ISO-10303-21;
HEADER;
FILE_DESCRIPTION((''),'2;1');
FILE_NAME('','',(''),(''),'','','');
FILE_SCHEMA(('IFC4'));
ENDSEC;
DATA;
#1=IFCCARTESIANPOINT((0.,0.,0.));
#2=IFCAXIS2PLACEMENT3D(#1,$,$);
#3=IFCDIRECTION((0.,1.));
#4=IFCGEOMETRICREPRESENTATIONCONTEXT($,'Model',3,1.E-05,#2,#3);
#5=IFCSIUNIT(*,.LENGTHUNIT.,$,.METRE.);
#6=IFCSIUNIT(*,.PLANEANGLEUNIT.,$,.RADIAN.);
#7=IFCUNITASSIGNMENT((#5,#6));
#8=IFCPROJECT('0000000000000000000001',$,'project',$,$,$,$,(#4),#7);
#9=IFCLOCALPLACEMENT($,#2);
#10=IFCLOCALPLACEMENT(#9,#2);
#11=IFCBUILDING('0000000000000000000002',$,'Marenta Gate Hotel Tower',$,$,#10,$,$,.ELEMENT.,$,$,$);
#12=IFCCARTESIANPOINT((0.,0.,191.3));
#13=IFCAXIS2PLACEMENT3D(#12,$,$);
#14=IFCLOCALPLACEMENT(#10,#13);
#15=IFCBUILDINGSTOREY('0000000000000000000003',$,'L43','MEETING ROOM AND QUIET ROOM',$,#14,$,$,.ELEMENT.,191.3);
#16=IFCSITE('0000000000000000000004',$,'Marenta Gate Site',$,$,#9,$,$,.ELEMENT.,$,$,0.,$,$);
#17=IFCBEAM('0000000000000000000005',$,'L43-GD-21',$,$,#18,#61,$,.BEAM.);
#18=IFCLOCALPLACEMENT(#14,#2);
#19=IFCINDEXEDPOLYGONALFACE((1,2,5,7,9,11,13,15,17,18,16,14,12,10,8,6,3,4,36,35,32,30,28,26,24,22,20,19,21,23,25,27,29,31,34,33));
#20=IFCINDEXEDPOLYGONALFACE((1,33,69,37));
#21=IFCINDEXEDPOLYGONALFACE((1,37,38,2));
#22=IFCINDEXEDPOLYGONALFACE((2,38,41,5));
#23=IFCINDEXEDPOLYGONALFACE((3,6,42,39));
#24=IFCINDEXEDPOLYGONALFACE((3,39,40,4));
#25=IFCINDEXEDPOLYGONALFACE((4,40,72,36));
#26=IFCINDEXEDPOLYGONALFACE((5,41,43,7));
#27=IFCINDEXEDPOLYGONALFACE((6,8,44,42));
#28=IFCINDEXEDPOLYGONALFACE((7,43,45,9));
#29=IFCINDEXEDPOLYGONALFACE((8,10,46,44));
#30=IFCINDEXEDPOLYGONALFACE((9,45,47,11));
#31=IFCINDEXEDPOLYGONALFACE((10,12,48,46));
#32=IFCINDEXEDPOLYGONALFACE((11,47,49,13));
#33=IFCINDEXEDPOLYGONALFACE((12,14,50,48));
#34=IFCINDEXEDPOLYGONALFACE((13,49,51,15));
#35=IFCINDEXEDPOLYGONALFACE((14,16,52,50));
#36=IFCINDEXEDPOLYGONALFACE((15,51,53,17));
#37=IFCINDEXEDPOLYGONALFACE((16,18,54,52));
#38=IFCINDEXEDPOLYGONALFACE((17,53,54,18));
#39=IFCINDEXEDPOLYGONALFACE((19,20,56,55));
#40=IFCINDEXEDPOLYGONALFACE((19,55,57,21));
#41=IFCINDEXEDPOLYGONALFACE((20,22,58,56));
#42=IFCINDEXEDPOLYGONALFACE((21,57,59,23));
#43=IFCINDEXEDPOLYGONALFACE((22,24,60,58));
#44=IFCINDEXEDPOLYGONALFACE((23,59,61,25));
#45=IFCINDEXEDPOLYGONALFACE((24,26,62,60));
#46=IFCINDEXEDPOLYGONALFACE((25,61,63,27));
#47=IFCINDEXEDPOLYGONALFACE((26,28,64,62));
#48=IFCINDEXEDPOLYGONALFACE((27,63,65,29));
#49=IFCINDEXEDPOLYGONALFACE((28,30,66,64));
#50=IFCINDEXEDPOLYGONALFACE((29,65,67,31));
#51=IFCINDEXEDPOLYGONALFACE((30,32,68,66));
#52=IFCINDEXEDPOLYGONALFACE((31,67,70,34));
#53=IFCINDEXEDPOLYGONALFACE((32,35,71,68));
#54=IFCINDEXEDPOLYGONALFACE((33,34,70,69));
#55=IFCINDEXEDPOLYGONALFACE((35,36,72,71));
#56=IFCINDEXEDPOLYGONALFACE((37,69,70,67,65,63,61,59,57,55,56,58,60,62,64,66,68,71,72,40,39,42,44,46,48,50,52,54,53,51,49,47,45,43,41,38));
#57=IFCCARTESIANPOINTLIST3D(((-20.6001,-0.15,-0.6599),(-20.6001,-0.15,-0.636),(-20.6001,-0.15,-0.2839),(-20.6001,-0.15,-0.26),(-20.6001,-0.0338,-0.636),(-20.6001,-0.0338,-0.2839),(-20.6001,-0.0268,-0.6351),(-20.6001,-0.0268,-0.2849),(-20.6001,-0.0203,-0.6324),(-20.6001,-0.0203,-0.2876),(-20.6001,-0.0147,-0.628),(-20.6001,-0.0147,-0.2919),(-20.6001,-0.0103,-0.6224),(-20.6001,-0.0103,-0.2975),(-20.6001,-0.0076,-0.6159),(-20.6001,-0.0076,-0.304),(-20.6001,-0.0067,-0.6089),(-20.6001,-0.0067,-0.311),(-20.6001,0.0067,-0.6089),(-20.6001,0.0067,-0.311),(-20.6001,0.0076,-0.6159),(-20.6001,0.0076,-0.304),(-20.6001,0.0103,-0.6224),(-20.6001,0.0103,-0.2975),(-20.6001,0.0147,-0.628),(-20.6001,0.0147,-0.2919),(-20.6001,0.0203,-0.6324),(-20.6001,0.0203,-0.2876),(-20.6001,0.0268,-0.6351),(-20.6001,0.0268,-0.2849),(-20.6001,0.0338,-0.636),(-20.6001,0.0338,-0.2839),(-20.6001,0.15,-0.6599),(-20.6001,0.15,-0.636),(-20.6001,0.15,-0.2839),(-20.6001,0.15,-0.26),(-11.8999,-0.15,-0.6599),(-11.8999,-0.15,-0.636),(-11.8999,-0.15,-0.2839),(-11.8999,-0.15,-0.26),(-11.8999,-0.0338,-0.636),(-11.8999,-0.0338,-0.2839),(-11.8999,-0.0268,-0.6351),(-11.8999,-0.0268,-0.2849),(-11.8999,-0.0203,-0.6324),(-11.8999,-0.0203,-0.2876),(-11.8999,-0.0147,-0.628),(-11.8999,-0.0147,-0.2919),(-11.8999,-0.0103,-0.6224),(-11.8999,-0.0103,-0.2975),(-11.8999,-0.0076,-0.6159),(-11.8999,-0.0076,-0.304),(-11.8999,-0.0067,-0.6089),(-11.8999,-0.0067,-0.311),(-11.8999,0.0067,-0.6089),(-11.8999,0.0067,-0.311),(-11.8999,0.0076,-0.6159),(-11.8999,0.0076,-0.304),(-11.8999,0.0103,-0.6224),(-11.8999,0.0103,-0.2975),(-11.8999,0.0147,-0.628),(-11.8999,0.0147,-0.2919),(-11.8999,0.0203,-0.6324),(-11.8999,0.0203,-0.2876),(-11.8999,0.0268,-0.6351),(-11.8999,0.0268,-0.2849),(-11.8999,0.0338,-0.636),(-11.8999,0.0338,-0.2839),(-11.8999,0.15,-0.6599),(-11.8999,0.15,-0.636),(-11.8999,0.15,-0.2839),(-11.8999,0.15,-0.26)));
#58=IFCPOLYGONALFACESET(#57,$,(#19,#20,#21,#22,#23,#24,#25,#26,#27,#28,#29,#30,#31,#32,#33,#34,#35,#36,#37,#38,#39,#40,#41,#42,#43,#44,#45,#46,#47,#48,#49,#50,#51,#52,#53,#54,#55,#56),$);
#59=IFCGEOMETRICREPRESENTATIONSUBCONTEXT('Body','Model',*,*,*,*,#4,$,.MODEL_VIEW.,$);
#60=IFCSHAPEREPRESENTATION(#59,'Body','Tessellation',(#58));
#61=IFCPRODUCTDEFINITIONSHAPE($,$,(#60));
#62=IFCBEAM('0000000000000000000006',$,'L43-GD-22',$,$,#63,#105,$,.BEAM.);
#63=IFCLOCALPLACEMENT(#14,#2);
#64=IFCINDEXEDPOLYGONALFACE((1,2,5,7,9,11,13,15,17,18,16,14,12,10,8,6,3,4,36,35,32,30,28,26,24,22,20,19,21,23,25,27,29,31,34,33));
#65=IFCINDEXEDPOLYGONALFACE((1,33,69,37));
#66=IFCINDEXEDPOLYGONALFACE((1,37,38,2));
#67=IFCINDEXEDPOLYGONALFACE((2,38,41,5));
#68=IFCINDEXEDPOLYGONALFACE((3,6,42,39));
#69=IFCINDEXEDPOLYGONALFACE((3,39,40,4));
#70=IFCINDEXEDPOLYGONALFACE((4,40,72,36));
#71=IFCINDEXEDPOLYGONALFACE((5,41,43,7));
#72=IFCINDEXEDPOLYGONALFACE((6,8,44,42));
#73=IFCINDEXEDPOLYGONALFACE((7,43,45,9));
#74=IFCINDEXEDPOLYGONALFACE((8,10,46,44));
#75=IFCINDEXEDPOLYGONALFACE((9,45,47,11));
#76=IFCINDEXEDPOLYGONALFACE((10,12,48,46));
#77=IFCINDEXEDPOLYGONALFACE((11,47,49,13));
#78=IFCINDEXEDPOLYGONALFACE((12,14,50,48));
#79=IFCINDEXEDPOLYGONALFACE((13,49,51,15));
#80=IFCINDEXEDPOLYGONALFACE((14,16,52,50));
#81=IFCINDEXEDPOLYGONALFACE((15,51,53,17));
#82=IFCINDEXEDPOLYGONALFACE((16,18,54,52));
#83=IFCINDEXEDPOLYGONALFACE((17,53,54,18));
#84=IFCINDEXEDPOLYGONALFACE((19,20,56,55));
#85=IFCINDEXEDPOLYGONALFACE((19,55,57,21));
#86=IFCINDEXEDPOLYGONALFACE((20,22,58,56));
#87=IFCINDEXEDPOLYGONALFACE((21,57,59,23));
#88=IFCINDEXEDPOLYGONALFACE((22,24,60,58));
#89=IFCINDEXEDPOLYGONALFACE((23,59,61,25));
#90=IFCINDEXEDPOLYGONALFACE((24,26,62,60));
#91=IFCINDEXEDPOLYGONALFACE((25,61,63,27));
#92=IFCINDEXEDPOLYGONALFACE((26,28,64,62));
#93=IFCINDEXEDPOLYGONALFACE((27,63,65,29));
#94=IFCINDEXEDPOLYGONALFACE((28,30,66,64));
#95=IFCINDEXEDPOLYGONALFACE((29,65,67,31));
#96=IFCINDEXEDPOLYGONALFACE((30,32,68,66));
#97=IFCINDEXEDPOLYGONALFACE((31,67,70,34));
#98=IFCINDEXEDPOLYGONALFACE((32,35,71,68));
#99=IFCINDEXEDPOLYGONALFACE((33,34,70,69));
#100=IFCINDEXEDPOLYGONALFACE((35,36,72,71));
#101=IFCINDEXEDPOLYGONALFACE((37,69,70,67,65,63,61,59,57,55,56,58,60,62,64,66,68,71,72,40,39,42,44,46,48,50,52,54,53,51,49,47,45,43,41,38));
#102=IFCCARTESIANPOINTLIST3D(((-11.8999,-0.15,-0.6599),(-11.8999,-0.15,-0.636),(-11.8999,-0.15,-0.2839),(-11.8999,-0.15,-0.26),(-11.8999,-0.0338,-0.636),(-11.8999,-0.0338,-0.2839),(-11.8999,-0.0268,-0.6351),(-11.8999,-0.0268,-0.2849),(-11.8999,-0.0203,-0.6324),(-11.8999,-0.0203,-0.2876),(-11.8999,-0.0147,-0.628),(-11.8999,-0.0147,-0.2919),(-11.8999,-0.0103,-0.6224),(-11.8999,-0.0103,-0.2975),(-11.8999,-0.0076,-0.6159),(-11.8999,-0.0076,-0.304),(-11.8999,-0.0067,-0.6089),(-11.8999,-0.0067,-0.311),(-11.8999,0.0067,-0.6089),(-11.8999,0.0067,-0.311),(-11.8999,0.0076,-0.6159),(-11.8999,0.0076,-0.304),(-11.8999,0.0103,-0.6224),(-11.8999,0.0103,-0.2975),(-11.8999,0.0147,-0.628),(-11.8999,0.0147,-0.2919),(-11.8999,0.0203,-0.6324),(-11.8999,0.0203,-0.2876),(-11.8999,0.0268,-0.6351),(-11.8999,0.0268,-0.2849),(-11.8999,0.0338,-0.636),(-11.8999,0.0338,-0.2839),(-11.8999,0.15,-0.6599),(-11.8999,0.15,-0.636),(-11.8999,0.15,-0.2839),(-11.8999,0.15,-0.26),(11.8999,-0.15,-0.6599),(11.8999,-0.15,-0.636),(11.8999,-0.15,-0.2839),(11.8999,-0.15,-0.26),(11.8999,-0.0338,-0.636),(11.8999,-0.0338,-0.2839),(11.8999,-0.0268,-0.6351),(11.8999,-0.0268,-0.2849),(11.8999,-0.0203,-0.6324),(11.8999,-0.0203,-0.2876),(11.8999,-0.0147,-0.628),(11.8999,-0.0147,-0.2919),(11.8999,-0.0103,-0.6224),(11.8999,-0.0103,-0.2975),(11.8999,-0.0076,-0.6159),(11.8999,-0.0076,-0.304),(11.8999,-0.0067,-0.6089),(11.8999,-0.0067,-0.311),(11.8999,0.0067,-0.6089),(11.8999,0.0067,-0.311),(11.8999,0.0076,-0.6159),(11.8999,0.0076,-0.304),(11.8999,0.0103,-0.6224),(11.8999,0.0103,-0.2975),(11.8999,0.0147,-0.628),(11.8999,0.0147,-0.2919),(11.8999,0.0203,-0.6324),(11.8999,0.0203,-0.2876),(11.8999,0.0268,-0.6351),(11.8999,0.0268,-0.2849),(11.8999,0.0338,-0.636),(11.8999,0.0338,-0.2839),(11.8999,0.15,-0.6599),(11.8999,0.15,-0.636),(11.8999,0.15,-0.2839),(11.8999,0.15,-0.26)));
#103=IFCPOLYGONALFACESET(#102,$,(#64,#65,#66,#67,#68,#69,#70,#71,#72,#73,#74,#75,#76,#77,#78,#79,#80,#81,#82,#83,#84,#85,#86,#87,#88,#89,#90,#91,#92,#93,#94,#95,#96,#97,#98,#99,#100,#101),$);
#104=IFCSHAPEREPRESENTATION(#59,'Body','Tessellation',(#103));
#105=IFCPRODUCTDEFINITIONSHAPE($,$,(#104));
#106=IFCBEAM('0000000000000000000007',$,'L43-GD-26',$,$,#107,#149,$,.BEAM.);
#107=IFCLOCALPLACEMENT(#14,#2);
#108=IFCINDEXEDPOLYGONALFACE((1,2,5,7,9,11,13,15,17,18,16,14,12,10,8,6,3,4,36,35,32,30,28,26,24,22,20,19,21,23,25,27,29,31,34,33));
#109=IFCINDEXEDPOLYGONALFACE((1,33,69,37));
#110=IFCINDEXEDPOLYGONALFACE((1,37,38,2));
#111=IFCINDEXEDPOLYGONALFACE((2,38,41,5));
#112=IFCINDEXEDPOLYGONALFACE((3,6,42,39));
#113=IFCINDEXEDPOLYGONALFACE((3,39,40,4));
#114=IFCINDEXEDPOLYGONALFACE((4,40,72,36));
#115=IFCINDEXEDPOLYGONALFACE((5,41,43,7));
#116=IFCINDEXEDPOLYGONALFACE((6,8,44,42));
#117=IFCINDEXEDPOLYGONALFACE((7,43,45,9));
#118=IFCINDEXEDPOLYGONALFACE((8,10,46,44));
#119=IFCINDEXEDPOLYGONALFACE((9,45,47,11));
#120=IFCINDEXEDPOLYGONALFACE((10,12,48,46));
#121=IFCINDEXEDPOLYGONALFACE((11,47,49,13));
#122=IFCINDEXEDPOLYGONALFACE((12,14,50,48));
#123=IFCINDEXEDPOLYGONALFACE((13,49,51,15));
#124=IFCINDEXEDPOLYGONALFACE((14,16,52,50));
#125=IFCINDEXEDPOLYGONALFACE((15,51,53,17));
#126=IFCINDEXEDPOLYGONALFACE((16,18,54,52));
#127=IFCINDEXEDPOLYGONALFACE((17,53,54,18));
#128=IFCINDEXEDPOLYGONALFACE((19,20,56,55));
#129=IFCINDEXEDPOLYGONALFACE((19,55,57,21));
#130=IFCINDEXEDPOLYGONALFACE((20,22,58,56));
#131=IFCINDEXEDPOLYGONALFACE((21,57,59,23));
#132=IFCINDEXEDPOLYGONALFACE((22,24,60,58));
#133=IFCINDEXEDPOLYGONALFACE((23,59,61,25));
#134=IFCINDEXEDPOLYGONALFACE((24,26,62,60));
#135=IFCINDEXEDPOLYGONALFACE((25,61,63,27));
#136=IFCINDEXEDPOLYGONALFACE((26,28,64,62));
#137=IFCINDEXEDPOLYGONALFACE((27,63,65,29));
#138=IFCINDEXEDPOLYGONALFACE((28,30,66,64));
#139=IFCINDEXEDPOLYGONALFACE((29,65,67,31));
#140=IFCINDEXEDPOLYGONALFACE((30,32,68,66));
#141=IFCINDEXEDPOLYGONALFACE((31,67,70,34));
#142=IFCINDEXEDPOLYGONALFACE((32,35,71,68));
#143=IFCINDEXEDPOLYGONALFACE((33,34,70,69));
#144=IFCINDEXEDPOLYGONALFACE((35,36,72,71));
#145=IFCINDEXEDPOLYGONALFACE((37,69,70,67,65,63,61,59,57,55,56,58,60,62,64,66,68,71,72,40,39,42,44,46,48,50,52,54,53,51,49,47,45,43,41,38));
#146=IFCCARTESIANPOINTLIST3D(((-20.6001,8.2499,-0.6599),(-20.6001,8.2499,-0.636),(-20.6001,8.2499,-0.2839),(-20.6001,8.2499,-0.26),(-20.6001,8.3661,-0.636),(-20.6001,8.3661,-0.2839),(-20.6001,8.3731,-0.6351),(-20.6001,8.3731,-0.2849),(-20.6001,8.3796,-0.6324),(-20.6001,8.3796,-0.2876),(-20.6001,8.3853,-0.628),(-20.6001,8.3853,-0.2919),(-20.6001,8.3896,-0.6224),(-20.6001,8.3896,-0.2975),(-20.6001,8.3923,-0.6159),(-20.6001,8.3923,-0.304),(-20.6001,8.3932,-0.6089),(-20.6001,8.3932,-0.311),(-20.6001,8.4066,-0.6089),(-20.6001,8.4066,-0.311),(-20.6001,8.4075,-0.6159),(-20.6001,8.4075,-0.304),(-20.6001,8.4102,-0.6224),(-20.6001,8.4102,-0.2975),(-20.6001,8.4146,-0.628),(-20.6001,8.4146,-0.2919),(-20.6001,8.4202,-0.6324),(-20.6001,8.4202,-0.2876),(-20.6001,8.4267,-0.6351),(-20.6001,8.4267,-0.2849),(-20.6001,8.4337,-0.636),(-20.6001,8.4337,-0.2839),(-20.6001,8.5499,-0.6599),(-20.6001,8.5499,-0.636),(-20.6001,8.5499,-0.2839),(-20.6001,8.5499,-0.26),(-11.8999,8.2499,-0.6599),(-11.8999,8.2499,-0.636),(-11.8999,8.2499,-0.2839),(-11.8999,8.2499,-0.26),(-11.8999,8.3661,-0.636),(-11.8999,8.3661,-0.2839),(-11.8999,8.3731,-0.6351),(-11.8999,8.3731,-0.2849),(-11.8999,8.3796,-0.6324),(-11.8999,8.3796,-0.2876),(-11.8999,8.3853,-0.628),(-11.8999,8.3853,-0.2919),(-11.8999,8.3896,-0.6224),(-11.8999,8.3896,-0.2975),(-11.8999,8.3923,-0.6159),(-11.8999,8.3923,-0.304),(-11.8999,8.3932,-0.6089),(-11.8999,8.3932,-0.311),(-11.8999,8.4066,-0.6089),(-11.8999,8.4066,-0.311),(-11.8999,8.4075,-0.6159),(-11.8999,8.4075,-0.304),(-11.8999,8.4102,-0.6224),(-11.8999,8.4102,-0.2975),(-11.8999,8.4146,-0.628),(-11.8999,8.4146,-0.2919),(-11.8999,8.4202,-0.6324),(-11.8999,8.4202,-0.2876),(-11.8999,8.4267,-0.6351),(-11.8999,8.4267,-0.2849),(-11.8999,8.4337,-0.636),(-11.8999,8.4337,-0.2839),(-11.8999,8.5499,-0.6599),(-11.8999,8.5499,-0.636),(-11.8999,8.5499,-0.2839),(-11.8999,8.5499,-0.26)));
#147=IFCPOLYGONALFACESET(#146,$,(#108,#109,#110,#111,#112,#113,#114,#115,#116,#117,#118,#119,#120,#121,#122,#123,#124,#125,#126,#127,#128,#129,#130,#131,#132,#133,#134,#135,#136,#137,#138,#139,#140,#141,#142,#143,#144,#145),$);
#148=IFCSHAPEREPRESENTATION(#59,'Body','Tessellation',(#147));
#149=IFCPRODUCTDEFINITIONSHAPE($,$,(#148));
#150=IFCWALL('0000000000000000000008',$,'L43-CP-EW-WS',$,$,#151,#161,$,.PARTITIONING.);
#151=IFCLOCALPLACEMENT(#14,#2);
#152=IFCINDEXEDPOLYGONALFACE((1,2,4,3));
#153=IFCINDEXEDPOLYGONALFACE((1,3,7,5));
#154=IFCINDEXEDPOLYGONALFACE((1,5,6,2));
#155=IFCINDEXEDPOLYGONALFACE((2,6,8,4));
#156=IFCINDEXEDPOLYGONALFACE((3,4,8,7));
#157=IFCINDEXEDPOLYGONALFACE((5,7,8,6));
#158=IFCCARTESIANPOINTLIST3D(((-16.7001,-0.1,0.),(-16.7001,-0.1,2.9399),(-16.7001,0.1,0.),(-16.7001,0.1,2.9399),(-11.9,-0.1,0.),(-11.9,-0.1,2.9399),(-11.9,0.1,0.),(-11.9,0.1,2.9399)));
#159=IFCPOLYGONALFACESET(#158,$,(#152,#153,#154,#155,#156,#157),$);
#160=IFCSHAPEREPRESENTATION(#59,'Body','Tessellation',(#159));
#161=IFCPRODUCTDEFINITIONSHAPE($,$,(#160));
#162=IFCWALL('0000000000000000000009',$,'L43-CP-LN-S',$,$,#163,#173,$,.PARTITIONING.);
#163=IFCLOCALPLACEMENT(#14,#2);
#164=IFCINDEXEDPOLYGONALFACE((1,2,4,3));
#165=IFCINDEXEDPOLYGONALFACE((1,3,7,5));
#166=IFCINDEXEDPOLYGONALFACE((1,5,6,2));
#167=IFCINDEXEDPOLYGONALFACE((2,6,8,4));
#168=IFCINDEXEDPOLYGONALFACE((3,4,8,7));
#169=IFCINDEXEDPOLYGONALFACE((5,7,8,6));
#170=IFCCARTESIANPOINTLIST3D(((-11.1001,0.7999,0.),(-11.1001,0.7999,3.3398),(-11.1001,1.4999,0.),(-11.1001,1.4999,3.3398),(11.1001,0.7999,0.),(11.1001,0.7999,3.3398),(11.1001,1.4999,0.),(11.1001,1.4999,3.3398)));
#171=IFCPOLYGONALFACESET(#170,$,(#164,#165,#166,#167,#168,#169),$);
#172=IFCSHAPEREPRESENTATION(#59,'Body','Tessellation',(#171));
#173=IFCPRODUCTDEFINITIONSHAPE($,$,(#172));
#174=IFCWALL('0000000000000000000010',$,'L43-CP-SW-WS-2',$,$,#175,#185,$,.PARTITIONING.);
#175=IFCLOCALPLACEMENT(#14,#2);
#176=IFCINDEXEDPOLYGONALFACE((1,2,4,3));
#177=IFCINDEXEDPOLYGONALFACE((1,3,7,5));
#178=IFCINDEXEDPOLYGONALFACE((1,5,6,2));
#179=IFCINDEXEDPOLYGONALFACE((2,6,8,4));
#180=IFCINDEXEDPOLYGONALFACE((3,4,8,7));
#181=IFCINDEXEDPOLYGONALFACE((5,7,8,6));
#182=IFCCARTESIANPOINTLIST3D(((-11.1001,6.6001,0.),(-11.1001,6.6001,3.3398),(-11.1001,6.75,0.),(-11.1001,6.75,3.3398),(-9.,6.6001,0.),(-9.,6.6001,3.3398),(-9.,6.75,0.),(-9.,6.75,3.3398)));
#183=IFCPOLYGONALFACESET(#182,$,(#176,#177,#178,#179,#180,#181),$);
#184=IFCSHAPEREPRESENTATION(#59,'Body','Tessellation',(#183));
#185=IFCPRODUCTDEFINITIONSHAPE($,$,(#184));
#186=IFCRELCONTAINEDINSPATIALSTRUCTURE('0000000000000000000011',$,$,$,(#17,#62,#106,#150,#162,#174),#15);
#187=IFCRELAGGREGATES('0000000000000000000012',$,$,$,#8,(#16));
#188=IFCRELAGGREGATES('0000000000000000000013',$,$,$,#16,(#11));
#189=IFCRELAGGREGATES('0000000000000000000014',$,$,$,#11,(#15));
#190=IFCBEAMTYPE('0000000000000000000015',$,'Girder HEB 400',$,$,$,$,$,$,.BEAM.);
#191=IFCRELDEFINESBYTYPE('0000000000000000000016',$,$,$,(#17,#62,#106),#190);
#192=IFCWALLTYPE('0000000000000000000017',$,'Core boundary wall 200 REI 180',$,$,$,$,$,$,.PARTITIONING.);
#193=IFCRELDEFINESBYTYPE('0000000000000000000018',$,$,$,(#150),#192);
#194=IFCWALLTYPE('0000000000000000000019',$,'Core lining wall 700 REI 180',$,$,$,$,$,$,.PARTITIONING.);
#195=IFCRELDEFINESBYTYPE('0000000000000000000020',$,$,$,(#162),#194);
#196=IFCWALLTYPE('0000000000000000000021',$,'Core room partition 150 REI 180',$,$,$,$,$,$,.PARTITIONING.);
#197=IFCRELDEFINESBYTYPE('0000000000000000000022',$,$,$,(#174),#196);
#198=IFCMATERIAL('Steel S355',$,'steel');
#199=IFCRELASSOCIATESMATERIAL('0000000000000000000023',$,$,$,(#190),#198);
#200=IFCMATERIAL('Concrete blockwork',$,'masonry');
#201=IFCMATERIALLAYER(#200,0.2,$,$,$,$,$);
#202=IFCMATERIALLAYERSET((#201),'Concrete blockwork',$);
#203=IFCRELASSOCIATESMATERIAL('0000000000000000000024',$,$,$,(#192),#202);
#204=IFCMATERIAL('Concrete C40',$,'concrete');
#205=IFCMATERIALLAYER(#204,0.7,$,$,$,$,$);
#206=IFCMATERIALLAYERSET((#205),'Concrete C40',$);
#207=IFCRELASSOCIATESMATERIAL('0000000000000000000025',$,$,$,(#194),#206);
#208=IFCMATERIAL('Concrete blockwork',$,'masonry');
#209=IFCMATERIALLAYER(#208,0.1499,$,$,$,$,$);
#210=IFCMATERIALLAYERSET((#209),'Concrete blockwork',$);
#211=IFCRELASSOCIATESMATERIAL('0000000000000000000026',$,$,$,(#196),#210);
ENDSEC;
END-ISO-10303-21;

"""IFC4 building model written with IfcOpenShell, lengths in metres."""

from ifc_helpers import new_model, si_unit, direction, frame, frame_2d, origin, origin_2d, place, context, subcontext, project, spatial, rectangle, i_section, extrude, material, layer, layer_set, material_profile, profile_set, type_object, element, save


model = new_model("IFC4")

# Units and contexts
model_context = context("Model", 3, precision=1e-05, world=origin(), true_north=direction((0.0, 1.0)))
body_context = subcontext(model_context, "Body", "Model", "MODEL_VIEW")
ifc_project = project(units=[si_unit("LENGTHUNIT", "METRE"), si_unit("PLANEANGLEUNIT", "RADIAN")], contexts=[model_context])

# Site, building, storey
site_placement = place(None, origin())
site = spatial("IfcSite", under=ifc_project, at=site_placement, Name="Marenta Gate Site", CompositionType="ELEMENT", RefElevation=0.0)
building_placement = place(site_placement, origin())
building = spatial("IfcBuilding", under=site, at=building_placement, Name="Marenta Gate Hotel Tower", CompositionType="ELEMENT")
storey_placement = place(building_placement, frame((0.0, 0.0, 191.3)))
storey = spatial("IfcBuildingStorey", under=building, at=storey_placement, Name="L43", Description="MEETING ROOM AND QUIET ROOM", CompositionType="ELEMENT", Elevation=191.3)

# Beams
ifc_material_1 = material(Name="Steel S355", Category="steel")
ifc_material_profile = material_profile(ifc_material_1, i_section(OverallWidth=0.3, OverallDepth=0.3999, WebThickness=0.0134, FlangeThickness=0.0239, FilletRadius=0.0271, at=origin_2d()), Name="HEB 400")
ifc_profile_set = profile_set([ifc_material_profile], Name="Steel S355")
beam_type = type_object("IfcBeamType", Name="Girder HEB 400", PredefinedType="BEAM", material=ifc_profile_set)
beam_1_placement = place(storey_placement, frame((-20.6001, 0.0, -0.46), z_axis=(1.0, 0.0, 0.0), x_axis=(0.0, 1.0, 0.0)))
element("IfcBeam", 1, at=beam_1_placement, inside=storey, type_object=beam_type, Name="L43-GD-21", PredefinedType="BEAM", context=body_context, shape_type="SweptSolid", body=[
    extrude(i_section(OverallWidth=0.3, OverallDepth=0.3999, WebThickness=0.0134, FlangeThickness=0.0239, FilletRadius=0.0271, at=origin_2d()), origin(), (0.0, 0.0, 1.0), 8.7002),
])
beam_2_placement = place(storey_placement, frame((-11.8999, 0.0, -0.46), z_axis=(1.0, 0.0, 0.0), x_axis=(0.0, 1.0, 0.0)))
element("IfcBeam", 2, at=beam_2_placement, inside=storey, type_object=beam_type, Name="L43-GD-22", PredefinedType="BEAM", context=body_context, shape_type="SweptSolid", body=[
    extrude(i_section(OverallWidth=0.3, OverallDepth=0.3999, WebThickness=0.0134, FlangeThickness=0.0239, FilletRadius=0.0271, at=origin_2d()), origin(), (0.0, 0.0, 1.0), 23.7998),
])
beam_3_placement = place(storey_placement, frame((-20.6001, 8.3999, -0.46), z_axis=(1.0, 0.0, 0.0), x_axis=(0.0, 1.0, 0.0)))
element("IfcBeam", 3, at=beam_3_placement, inside=storey, type_object=beam_type, Name="L43-GD-26", PredefinedType="BEAM", context=body_context, shape_type="SweptSolid", body=[
    extrude(i_section(OverallWidth=0.3, OverallDepth=0.3999, WebThickness=0.0134, FlangeThickness=0.0239, FilletRadius=0.0271, at=origin_2d()), origin(), (0.0, 0.0, 1.0), 8.7002),
])

# Walls
ifc_material_2 = material(Name="Concrete blockwork", Category="masonry")
ifc_layer_1 = layer(ifc_material_2, 0.2)
ifc_layer_set_1 = layer_set([ifc_layer_1], Name="Concrete blockwork")
wall_type_1 = type_object("IfcWallType", Name="Core boundary wall 200 REI 180", PredefinedType="PARTITIONING", material=ifc_layer_set_1)
wall_1_placement = place(storey_placement, frame((-16.7, 0.0, 0.0), z_axis=(0.0, 0.0, 1.0), x_axis=(1.0, 0.0, 0.0)))
element("IfcWall", 4, at=wall_1_placement, inside=storey, type_object=wall_type_1, Name="L43-CP-EW-WS", PredefinedType="PARTITIONING", context=body_context, shape_type="SweptSolid", body=[
    extrude(rectangle(XDim=4.8, YDim=0.2, at=frame_2d((2.3999, 0.0))), origin(), (0.0, 0.0, 1.0), 2.9399),
])
ifc_material_3 = material(Name="Concrete C40", Category="concrete")
ifc_layer_2 = layer(ifc_material_3, 0.7)
ifc_layer_set_2 = layer_set([ifc_layer_2], Name="Concrete C40")
wall_type_2 = type_object("IfcWallType", Name="Core lining wall 700 REI 180", PredefinedType="PARTITIONING", material=ifc_layer_set_2)
wall_2_placement = place(storey_placement, frame((-11.1001, 1.1499, 0.0), z_axis=(0.0, 0.0, 1.0), x_axis=(1.0, 0.0, 0.0)))
element("IfcWall", 5, at=wall_2_placement, inside=storey, type_object=wall_type_2, Name="L43-CP-LN-S", PredefinedType="PARTITIONING", context=body_context, shape_type="SweptSolid", body=[
    extrude(rectangle(XDim=22.2002, YDim=0.7, at=frame_2d((11.1001, 0.0))), origin(), (0.0, 0.0, 1.0), 3.3398),
])
ifc_material_4 = material(Name="Concrete blockwork", Category="masonry")
ifc_layer_3 = layer(ifc_material_4, 0.1499)
ifc_layer_set_3 = layer_set([ifc_layer_3], Name="Concrete blockwork")
wall_type_3 = type_object("IfcWallType", Name="Core room partition 150 REI 180", PredefinedType="PARTITIONING", material=ifc_layer_set_3)
wall_3_placement = place(storey_placement, frame((-11.1001, 6.675, 0.0), z_axis=(0.0, 0.0, 1.0), x_axis=(1.0, 0.0, 0.0)))
element("IfcWall", 6, at=wall_3_placement, inside=storey, type_object=wall_type_3, Name="L43-CP-SW-WS-2", PredefinedType="PARTITIONING", context=body_context, shape_type="SweptSolid", body=[
    extrude(rectangle(XDim=2.1001, YDim=0.1499, at=frame_2d((1.05, 0.0))), origin(), (0.0, 0.0, 1.0), 3.3398),
])

save(model, "model.ifc")
